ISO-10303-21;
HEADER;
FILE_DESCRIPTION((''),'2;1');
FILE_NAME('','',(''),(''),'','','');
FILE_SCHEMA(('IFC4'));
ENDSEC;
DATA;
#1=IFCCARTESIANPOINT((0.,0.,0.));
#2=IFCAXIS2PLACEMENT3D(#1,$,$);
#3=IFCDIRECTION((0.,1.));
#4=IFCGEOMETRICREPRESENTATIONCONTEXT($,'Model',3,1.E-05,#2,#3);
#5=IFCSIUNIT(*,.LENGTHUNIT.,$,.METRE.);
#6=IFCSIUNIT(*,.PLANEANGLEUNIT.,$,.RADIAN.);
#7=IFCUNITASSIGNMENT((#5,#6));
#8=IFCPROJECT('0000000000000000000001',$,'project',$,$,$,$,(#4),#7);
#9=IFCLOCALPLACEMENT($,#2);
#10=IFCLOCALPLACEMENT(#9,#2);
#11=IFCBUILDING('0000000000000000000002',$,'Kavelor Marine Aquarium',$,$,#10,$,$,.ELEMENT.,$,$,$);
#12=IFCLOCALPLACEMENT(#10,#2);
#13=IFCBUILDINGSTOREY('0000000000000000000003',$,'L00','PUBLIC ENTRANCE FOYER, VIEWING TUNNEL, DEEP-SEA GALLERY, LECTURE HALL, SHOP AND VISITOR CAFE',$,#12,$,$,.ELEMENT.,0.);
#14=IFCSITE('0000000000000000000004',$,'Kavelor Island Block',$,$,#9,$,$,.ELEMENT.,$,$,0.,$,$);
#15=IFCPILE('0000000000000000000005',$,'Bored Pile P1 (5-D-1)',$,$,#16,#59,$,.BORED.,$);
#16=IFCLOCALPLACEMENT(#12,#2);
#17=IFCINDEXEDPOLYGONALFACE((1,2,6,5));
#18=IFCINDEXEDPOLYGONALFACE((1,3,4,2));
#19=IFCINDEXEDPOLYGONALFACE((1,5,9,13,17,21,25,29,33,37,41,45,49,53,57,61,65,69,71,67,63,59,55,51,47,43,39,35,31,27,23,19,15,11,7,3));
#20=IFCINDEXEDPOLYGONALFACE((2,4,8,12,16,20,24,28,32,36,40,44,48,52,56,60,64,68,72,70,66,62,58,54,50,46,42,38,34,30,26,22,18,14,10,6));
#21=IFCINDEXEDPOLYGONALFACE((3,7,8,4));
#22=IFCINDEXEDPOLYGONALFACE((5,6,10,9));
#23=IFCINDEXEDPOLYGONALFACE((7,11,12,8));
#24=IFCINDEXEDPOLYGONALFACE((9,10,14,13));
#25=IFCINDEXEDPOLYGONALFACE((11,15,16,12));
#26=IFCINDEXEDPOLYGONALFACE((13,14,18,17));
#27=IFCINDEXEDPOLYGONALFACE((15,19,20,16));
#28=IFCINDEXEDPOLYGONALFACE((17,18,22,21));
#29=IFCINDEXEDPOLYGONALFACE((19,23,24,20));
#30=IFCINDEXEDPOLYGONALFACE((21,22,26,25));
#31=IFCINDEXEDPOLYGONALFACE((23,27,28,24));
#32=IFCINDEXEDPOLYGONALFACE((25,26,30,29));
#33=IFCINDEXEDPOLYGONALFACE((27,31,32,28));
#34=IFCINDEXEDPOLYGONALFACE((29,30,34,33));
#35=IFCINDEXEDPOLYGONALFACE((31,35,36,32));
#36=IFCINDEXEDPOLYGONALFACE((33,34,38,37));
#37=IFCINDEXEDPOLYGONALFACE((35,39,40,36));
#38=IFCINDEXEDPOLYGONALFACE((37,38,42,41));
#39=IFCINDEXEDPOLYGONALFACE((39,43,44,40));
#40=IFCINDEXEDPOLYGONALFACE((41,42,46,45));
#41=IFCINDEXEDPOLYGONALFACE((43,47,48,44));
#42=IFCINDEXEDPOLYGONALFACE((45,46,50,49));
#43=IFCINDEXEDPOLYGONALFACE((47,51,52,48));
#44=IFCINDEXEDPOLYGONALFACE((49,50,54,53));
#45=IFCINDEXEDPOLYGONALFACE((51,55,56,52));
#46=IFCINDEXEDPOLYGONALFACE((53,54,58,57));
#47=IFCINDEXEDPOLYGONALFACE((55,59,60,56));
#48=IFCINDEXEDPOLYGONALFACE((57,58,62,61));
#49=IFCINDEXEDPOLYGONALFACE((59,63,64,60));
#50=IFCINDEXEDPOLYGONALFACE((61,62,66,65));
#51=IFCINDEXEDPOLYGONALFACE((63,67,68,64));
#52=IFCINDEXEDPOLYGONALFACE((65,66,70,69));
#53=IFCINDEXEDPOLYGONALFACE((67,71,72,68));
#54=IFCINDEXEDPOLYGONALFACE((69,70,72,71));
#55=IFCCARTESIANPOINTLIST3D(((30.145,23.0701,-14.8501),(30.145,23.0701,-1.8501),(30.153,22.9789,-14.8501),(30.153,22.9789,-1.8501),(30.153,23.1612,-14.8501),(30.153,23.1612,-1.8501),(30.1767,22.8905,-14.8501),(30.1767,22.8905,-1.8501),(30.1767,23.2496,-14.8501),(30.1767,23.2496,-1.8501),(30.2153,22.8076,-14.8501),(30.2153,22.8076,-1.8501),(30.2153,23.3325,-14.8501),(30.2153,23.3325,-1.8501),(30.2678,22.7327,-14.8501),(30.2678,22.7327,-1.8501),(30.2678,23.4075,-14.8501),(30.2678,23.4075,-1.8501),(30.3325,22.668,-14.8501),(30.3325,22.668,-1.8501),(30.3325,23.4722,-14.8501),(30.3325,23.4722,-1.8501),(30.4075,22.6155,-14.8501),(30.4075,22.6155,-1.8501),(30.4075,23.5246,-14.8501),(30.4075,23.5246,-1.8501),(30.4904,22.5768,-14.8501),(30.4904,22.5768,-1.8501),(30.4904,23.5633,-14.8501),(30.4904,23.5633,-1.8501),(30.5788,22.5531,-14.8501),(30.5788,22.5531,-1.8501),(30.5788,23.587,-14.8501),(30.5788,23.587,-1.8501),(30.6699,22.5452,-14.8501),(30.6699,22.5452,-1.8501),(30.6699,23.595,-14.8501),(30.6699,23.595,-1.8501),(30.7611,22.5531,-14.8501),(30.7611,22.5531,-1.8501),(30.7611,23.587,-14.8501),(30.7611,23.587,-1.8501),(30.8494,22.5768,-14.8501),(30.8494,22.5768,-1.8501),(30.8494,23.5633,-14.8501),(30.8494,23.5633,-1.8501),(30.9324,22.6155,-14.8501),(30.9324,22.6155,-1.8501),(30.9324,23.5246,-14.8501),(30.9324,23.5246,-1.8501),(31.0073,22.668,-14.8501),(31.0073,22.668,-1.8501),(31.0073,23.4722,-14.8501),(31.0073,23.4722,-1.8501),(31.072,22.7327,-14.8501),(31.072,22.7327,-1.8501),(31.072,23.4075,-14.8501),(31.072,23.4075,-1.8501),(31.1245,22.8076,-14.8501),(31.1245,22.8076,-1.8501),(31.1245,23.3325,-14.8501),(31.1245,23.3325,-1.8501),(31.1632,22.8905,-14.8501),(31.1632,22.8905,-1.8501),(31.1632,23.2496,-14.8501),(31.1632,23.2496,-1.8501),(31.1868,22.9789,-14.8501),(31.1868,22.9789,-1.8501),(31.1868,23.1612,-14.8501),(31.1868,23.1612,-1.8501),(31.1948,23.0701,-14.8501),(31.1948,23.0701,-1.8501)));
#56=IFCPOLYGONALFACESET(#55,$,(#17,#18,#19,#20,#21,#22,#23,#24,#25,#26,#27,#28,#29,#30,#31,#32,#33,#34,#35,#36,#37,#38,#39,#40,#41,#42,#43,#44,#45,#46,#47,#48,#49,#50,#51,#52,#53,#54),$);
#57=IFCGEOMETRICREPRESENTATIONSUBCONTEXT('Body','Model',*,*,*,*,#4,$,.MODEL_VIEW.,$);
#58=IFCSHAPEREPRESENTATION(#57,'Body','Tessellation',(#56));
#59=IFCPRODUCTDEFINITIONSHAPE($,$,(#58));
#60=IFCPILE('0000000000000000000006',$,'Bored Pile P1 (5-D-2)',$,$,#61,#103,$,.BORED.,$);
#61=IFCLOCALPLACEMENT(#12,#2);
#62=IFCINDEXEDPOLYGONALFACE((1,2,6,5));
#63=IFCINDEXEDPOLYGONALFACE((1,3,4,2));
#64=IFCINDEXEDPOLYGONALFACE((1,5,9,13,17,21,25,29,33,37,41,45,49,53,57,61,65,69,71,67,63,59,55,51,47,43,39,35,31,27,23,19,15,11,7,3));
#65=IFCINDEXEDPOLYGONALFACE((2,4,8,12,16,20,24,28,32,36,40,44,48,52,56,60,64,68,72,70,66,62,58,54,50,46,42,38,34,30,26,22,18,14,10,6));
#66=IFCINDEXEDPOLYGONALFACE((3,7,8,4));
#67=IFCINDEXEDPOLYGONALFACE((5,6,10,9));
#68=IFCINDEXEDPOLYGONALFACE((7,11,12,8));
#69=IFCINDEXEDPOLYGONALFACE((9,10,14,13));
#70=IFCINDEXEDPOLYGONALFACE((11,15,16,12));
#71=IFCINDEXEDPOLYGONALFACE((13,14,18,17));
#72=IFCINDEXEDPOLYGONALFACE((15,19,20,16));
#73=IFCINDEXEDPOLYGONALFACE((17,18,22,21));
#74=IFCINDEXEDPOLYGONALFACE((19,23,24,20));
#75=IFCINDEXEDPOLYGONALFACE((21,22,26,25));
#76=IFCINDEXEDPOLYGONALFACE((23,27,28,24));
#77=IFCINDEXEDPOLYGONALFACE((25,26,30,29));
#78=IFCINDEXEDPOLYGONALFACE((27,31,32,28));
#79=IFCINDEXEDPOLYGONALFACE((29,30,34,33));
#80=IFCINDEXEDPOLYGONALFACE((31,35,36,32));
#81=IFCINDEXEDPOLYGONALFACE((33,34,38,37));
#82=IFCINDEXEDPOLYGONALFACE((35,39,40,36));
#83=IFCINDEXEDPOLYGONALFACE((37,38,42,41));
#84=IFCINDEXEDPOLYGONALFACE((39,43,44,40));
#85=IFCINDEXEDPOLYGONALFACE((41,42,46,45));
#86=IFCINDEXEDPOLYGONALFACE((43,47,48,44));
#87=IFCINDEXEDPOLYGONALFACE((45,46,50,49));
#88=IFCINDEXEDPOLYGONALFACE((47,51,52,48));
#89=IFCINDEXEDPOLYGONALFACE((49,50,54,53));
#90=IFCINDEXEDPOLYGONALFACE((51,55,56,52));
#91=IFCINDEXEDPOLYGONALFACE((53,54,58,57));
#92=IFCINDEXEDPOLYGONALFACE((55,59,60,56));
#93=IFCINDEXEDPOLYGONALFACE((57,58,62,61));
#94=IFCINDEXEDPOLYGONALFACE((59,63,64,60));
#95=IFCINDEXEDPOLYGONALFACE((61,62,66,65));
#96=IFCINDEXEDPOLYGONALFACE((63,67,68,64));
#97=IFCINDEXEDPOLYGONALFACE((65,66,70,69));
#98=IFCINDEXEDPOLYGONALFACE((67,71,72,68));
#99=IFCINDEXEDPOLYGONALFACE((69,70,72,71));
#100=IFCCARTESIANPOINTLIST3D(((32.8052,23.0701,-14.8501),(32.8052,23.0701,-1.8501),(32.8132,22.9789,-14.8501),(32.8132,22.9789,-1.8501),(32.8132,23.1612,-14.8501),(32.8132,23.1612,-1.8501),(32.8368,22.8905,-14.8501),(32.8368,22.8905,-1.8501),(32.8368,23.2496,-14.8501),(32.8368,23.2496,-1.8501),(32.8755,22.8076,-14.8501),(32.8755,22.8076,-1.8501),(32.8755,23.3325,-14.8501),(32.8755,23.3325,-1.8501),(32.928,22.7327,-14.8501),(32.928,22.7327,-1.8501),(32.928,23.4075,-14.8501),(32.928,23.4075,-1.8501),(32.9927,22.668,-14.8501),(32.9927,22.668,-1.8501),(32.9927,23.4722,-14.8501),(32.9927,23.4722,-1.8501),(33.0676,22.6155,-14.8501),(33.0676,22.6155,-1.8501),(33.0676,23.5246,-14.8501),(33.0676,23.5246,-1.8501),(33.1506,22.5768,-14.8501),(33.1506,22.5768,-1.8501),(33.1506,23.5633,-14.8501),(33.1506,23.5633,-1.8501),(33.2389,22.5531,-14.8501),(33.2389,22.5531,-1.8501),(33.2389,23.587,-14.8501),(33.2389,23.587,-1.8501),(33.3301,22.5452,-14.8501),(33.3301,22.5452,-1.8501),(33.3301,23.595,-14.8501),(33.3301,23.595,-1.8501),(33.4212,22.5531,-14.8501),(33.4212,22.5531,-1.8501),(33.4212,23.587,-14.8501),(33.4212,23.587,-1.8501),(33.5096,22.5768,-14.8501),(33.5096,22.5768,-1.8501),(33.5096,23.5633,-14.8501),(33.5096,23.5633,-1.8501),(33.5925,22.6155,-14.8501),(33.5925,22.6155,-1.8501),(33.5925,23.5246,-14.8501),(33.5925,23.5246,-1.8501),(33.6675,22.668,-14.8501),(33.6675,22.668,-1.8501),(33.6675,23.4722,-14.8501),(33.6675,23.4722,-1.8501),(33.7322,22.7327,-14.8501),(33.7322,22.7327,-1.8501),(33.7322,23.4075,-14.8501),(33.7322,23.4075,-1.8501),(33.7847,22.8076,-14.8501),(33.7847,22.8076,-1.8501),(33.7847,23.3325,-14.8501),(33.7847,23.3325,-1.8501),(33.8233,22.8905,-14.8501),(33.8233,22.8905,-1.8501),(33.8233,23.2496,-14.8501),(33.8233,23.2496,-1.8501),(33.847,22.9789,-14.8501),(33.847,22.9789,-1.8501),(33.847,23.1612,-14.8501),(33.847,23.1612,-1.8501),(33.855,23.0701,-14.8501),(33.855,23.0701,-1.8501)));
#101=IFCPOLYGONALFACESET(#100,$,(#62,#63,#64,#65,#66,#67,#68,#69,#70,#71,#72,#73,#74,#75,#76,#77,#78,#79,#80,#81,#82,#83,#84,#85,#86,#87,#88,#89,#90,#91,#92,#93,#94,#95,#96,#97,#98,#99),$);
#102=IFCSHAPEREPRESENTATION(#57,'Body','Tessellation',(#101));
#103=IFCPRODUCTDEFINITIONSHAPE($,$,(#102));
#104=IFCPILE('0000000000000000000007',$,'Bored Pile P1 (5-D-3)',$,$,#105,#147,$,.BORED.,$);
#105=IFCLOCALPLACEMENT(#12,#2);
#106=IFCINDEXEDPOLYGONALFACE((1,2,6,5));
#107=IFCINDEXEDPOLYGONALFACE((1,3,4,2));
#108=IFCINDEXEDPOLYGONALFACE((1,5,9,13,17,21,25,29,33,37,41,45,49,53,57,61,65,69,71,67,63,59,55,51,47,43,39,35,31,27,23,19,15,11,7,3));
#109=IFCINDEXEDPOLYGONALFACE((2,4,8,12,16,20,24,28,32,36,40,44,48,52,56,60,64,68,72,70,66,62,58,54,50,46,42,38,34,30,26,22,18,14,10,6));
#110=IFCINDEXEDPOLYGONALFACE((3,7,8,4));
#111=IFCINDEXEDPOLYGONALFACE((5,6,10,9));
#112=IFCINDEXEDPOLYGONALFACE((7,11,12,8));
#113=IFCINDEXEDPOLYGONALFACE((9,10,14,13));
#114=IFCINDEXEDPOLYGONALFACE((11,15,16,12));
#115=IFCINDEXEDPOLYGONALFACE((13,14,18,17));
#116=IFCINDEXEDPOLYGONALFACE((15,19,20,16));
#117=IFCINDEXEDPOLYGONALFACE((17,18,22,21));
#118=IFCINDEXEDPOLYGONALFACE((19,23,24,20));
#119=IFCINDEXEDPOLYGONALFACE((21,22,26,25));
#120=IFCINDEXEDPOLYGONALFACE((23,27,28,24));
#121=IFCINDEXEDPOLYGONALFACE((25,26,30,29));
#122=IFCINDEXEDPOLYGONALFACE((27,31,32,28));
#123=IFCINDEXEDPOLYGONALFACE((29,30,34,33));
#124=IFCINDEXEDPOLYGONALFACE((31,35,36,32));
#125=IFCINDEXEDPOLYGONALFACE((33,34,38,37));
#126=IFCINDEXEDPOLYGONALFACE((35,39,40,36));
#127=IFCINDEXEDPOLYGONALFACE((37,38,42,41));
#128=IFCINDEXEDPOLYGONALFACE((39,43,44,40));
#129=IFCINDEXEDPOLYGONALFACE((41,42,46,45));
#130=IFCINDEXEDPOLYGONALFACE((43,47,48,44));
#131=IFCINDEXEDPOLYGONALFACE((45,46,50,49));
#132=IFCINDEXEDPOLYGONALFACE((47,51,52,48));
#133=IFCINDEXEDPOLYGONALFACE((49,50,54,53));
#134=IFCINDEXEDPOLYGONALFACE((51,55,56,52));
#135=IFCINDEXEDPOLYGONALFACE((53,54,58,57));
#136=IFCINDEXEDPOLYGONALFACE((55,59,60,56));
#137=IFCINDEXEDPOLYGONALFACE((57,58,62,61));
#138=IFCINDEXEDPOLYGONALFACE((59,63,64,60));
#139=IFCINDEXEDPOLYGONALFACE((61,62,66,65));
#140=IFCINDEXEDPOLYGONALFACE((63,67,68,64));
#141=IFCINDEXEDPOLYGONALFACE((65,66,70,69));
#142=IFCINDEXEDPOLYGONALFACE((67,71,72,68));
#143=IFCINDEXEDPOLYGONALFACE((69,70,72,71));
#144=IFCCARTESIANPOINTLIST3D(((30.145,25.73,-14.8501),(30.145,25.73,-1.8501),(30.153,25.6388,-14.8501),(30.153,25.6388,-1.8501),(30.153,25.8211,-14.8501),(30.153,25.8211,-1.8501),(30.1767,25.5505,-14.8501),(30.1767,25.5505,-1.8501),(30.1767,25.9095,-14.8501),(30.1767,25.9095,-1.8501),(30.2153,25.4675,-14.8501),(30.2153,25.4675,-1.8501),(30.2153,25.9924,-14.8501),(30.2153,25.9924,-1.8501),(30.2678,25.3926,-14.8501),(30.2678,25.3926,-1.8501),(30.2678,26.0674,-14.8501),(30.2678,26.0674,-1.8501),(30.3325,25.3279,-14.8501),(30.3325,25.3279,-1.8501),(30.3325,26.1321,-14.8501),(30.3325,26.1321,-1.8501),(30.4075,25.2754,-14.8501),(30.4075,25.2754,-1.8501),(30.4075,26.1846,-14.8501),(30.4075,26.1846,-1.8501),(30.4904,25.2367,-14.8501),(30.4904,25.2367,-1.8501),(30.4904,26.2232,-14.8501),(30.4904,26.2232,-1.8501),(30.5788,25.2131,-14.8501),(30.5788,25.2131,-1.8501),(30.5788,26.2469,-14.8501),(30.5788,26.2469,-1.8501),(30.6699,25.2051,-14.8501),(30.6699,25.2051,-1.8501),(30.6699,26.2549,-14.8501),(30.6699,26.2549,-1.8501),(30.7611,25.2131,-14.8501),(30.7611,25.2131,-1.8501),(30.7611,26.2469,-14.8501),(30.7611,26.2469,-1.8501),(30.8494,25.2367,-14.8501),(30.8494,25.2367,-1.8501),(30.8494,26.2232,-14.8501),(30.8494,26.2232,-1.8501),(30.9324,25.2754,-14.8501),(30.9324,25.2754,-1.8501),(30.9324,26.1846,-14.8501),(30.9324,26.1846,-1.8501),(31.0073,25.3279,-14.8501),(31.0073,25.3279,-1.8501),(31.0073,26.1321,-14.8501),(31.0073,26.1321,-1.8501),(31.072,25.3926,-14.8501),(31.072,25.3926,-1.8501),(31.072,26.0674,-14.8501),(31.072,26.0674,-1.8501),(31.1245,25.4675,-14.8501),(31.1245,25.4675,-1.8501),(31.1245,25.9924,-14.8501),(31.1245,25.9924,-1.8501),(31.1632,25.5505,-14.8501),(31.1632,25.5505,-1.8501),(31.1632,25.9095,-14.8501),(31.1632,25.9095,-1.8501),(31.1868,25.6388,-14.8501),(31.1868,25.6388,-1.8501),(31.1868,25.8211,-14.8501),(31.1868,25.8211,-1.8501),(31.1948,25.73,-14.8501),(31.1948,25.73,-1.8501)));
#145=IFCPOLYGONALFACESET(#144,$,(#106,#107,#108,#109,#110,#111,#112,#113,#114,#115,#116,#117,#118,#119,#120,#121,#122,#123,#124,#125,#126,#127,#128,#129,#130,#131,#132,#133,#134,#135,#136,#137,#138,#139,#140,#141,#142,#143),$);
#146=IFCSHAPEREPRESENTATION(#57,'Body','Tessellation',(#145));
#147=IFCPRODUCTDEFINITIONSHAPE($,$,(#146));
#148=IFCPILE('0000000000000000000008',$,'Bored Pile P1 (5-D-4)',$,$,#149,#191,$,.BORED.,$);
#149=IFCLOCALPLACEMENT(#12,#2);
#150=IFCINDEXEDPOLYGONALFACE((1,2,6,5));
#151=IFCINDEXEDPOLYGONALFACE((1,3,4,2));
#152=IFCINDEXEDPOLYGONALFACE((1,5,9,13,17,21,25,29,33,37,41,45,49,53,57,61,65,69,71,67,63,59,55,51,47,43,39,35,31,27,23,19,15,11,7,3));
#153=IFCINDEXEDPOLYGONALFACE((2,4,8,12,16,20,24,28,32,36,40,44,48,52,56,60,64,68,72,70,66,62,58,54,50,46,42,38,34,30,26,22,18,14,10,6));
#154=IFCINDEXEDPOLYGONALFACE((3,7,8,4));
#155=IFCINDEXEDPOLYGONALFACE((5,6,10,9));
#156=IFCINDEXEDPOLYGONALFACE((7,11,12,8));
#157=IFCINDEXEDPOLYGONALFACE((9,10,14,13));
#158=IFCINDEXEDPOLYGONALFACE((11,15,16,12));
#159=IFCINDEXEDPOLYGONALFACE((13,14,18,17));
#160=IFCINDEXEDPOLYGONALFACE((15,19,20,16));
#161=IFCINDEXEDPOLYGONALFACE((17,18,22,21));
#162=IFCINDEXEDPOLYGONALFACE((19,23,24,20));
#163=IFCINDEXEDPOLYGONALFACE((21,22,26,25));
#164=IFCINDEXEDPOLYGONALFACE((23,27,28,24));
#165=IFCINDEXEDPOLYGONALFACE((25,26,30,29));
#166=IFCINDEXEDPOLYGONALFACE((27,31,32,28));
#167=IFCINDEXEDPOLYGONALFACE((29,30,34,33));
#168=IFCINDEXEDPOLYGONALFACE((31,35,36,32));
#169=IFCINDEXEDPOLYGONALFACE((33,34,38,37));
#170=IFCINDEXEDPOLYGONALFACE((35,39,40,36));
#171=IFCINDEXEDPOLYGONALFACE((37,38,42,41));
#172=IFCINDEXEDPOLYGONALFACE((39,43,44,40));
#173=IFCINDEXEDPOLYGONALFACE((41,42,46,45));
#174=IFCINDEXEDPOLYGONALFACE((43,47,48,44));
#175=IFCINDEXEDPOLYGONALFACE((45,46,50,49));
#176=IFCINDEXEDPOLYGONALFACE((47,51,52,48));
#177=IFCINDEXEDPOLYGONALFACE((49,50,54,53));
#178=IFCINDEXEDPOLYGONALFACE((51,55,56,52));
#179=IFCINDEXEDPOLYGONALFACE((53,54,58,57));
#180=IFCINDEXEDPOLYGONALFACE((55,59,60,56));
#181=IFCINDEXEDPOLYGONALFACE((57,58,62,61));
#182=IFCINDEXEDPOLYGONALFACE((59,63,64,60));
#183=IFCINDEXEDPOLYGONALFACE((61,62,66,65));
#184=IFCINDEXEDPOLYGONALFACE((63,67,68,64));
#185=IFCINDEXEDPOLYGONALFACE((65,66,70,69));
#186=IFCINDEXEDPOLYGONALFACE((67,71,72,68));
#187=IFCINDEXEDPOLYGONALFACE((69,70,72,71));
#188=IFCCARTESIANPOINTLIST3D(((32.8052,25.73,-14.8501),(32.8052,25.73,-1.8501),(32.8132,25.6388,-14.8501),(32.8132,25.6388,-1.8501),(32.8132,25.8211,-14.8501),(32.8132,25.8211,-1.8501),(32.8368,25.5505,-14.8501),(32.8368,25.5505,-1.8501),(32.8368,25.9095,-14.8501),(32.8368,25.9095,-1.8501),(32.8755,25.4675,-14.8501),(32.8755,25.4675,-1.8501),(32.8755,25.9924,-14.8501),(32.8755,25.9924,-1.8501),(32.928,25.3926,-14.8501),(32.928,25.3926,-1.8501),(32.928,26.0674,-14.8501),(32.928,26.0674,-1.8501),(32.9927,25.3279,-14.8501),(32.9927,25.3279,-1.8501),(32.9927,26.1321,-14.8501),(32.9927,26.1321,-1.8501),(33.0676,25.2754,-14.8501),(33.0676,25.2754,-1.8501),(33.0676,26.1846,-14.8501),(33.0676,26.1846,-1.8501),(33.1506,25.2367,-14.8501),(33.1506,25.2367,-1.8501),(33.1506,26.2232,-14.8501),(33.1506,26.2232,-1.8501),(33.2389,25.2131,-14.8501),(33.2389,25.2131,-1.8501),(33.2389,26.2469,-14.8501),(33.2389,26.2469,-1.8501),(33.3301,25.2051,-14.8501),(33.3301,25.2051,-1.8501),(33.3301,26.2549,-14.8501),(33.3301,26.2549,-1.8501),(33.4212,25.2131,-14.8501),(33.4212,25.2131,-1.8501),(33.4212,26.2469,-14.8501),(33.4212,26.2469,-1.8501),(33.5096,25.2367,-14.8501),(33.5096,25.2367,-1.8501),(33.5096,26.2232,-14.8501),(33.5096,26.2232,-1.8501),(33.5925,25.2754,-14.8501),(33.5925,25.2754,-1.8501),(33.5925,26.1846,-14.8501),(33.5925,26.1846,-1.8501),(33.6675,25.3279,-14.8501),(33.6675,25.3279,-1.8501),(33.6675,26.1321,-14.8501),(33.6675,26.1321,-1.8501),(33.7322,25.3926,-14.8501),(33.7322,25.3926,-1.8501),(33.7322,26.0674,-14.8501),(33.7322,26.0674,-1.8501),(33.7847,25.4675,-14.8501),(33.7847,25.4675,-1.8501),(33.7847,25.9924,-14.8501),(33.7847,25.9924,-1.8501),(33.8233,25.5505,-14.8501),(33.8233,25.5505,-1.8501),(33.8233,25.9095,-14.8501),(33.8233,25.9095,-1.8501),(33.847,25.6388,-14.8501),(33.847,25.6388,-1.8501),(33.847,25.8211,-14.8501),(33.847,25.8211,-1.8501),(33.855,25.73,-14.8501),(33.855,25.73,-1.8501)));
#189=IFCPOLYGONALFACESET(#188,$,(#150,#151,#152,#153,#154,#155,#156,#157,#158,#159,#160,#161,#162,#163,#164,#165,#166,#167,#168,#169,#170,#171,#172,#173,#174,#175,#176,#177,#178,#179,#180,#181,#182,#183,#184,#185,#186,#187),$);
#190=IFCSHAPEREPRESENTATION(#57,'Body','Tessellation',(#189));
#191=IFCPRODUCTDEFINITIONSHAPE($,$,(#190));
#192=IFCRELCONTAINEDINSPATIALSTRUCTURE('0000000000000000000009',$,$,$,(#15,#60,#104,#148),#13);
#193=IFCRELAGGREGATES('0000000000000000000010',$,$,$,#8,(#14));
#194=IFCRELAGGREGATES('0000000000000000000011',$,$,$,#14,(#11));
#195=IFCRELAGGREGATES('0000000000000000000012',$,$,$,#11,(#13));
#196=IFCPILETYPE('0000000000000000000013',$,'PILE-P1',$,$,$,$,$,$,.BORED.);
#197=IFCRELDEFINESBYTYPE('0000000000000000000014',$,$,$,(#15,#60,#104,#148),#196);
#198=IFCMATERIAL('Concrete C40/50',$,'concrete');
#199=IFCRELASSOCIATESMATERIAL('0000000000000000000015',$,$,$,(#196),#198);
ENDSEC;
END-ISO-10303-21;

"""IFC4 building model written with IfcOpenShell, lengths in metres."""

from ifc_helpers import new_model, si_unit, direction, frame, origin, origin_2d, place, context, subcontext, project, spatial, circle, extrude, material, material_profile, profile_set, type_object, element, save


model = new_model("IFC4")

# Units and contexts
model_context = context("Model", 3, precision=1e-05, world=origin(), true_north=direction((0.0, 1.0)))
body_context = subcontext(model_context, "Body", "Model", "MODEL_VIEW")
ifc_project = project(units=[si_unit("LENGTHUNIT", "METRE"), si_unit("PLANEANGLEUNIT", "RADIAN")], contexts=[model_context])

# Site, building, storey
site_placement = place(None, origin())
site = spatial("IfcSite", under=ifc_project, at=site_placement, Name="Kavelor Island Block", CompositionType="ELEMENT", RefElevation=0.0)
building_placement = place(site_placement, origin())
building = spatial("IfcBuilding", under=site, at=building_placement, Name="Kavelor Marine Aquarium", CompositionType="ELEMENT")
storey_placement = place(building_placement, origin())
storey = spatial("IfcBuildingStorey", under=building, at=storey_placement, Name="L00", Description="PUBLIC ENTRANCE FOYER, VIEWING TUNNEL, DEEP-SEA GALLERY, LECTURE HALL, SHOP AND VISITOR CAFE", CompositionType="ELEMENT", Elevation=0.0)

# Piles
ifc_material_1 = material(Name="Concrete C40/50", Category="concrete")
ifc_material_profile_1 = material_profile(ifc_material_1, circle(Radius=0.5249, at=origin_2d()), Name="PILE D1050")
ifc_profile_set_1 = profile_set([ifc_material_profile_1], Name="Concrete C40/50")
pile_type_1 = type_object("IfcPileType", Name="PILE-P1", PredefinedType="BORED", material=ifc_profile_set_1)
for number, where, z_axis, x_axis, name in (
    (1, (30.6699, 23.0701, -1.8501), (0.0, 0.0, -1.0), (1.0, 0.0, 0.0), "Bored Pile P1 (5-D-1)"),
    (2, (33.3301, 23.0701, -1.8501), (0.0, 0.0, -1.0), (1.0, 0.0, 0.0), "Bored Pile P1 (5-D-2)"),
    (3, (30.6699, 25.73, -1.8501), (0.0, 0.0, -1.0), (1.0, 0.0, 0.0), "Bored Pile P1 (5-D-3)"),
    (4, (33.3301, 25.73, -1.8501), (0.0, 0.0, -1.0), (1.0, 0.0, 0.0), "Bored Pile P1 (5-D-4)"),
):
    element("IfcPile", number, at=place(storey_placement, frame(where, z_axis=z_axis, x_axis=x_axis)), inside=storey, type_object=pile_type_1, Name=name, PredefinedType="BORED", context=body_context, shape_type="SweptSolid", body=[
        extrude(circle(Radius=0.5249, at=origin_2d()), origin(), (0.0, 0.0, 1.0), 13.0),
    ])

save(model, "model.ifc")
